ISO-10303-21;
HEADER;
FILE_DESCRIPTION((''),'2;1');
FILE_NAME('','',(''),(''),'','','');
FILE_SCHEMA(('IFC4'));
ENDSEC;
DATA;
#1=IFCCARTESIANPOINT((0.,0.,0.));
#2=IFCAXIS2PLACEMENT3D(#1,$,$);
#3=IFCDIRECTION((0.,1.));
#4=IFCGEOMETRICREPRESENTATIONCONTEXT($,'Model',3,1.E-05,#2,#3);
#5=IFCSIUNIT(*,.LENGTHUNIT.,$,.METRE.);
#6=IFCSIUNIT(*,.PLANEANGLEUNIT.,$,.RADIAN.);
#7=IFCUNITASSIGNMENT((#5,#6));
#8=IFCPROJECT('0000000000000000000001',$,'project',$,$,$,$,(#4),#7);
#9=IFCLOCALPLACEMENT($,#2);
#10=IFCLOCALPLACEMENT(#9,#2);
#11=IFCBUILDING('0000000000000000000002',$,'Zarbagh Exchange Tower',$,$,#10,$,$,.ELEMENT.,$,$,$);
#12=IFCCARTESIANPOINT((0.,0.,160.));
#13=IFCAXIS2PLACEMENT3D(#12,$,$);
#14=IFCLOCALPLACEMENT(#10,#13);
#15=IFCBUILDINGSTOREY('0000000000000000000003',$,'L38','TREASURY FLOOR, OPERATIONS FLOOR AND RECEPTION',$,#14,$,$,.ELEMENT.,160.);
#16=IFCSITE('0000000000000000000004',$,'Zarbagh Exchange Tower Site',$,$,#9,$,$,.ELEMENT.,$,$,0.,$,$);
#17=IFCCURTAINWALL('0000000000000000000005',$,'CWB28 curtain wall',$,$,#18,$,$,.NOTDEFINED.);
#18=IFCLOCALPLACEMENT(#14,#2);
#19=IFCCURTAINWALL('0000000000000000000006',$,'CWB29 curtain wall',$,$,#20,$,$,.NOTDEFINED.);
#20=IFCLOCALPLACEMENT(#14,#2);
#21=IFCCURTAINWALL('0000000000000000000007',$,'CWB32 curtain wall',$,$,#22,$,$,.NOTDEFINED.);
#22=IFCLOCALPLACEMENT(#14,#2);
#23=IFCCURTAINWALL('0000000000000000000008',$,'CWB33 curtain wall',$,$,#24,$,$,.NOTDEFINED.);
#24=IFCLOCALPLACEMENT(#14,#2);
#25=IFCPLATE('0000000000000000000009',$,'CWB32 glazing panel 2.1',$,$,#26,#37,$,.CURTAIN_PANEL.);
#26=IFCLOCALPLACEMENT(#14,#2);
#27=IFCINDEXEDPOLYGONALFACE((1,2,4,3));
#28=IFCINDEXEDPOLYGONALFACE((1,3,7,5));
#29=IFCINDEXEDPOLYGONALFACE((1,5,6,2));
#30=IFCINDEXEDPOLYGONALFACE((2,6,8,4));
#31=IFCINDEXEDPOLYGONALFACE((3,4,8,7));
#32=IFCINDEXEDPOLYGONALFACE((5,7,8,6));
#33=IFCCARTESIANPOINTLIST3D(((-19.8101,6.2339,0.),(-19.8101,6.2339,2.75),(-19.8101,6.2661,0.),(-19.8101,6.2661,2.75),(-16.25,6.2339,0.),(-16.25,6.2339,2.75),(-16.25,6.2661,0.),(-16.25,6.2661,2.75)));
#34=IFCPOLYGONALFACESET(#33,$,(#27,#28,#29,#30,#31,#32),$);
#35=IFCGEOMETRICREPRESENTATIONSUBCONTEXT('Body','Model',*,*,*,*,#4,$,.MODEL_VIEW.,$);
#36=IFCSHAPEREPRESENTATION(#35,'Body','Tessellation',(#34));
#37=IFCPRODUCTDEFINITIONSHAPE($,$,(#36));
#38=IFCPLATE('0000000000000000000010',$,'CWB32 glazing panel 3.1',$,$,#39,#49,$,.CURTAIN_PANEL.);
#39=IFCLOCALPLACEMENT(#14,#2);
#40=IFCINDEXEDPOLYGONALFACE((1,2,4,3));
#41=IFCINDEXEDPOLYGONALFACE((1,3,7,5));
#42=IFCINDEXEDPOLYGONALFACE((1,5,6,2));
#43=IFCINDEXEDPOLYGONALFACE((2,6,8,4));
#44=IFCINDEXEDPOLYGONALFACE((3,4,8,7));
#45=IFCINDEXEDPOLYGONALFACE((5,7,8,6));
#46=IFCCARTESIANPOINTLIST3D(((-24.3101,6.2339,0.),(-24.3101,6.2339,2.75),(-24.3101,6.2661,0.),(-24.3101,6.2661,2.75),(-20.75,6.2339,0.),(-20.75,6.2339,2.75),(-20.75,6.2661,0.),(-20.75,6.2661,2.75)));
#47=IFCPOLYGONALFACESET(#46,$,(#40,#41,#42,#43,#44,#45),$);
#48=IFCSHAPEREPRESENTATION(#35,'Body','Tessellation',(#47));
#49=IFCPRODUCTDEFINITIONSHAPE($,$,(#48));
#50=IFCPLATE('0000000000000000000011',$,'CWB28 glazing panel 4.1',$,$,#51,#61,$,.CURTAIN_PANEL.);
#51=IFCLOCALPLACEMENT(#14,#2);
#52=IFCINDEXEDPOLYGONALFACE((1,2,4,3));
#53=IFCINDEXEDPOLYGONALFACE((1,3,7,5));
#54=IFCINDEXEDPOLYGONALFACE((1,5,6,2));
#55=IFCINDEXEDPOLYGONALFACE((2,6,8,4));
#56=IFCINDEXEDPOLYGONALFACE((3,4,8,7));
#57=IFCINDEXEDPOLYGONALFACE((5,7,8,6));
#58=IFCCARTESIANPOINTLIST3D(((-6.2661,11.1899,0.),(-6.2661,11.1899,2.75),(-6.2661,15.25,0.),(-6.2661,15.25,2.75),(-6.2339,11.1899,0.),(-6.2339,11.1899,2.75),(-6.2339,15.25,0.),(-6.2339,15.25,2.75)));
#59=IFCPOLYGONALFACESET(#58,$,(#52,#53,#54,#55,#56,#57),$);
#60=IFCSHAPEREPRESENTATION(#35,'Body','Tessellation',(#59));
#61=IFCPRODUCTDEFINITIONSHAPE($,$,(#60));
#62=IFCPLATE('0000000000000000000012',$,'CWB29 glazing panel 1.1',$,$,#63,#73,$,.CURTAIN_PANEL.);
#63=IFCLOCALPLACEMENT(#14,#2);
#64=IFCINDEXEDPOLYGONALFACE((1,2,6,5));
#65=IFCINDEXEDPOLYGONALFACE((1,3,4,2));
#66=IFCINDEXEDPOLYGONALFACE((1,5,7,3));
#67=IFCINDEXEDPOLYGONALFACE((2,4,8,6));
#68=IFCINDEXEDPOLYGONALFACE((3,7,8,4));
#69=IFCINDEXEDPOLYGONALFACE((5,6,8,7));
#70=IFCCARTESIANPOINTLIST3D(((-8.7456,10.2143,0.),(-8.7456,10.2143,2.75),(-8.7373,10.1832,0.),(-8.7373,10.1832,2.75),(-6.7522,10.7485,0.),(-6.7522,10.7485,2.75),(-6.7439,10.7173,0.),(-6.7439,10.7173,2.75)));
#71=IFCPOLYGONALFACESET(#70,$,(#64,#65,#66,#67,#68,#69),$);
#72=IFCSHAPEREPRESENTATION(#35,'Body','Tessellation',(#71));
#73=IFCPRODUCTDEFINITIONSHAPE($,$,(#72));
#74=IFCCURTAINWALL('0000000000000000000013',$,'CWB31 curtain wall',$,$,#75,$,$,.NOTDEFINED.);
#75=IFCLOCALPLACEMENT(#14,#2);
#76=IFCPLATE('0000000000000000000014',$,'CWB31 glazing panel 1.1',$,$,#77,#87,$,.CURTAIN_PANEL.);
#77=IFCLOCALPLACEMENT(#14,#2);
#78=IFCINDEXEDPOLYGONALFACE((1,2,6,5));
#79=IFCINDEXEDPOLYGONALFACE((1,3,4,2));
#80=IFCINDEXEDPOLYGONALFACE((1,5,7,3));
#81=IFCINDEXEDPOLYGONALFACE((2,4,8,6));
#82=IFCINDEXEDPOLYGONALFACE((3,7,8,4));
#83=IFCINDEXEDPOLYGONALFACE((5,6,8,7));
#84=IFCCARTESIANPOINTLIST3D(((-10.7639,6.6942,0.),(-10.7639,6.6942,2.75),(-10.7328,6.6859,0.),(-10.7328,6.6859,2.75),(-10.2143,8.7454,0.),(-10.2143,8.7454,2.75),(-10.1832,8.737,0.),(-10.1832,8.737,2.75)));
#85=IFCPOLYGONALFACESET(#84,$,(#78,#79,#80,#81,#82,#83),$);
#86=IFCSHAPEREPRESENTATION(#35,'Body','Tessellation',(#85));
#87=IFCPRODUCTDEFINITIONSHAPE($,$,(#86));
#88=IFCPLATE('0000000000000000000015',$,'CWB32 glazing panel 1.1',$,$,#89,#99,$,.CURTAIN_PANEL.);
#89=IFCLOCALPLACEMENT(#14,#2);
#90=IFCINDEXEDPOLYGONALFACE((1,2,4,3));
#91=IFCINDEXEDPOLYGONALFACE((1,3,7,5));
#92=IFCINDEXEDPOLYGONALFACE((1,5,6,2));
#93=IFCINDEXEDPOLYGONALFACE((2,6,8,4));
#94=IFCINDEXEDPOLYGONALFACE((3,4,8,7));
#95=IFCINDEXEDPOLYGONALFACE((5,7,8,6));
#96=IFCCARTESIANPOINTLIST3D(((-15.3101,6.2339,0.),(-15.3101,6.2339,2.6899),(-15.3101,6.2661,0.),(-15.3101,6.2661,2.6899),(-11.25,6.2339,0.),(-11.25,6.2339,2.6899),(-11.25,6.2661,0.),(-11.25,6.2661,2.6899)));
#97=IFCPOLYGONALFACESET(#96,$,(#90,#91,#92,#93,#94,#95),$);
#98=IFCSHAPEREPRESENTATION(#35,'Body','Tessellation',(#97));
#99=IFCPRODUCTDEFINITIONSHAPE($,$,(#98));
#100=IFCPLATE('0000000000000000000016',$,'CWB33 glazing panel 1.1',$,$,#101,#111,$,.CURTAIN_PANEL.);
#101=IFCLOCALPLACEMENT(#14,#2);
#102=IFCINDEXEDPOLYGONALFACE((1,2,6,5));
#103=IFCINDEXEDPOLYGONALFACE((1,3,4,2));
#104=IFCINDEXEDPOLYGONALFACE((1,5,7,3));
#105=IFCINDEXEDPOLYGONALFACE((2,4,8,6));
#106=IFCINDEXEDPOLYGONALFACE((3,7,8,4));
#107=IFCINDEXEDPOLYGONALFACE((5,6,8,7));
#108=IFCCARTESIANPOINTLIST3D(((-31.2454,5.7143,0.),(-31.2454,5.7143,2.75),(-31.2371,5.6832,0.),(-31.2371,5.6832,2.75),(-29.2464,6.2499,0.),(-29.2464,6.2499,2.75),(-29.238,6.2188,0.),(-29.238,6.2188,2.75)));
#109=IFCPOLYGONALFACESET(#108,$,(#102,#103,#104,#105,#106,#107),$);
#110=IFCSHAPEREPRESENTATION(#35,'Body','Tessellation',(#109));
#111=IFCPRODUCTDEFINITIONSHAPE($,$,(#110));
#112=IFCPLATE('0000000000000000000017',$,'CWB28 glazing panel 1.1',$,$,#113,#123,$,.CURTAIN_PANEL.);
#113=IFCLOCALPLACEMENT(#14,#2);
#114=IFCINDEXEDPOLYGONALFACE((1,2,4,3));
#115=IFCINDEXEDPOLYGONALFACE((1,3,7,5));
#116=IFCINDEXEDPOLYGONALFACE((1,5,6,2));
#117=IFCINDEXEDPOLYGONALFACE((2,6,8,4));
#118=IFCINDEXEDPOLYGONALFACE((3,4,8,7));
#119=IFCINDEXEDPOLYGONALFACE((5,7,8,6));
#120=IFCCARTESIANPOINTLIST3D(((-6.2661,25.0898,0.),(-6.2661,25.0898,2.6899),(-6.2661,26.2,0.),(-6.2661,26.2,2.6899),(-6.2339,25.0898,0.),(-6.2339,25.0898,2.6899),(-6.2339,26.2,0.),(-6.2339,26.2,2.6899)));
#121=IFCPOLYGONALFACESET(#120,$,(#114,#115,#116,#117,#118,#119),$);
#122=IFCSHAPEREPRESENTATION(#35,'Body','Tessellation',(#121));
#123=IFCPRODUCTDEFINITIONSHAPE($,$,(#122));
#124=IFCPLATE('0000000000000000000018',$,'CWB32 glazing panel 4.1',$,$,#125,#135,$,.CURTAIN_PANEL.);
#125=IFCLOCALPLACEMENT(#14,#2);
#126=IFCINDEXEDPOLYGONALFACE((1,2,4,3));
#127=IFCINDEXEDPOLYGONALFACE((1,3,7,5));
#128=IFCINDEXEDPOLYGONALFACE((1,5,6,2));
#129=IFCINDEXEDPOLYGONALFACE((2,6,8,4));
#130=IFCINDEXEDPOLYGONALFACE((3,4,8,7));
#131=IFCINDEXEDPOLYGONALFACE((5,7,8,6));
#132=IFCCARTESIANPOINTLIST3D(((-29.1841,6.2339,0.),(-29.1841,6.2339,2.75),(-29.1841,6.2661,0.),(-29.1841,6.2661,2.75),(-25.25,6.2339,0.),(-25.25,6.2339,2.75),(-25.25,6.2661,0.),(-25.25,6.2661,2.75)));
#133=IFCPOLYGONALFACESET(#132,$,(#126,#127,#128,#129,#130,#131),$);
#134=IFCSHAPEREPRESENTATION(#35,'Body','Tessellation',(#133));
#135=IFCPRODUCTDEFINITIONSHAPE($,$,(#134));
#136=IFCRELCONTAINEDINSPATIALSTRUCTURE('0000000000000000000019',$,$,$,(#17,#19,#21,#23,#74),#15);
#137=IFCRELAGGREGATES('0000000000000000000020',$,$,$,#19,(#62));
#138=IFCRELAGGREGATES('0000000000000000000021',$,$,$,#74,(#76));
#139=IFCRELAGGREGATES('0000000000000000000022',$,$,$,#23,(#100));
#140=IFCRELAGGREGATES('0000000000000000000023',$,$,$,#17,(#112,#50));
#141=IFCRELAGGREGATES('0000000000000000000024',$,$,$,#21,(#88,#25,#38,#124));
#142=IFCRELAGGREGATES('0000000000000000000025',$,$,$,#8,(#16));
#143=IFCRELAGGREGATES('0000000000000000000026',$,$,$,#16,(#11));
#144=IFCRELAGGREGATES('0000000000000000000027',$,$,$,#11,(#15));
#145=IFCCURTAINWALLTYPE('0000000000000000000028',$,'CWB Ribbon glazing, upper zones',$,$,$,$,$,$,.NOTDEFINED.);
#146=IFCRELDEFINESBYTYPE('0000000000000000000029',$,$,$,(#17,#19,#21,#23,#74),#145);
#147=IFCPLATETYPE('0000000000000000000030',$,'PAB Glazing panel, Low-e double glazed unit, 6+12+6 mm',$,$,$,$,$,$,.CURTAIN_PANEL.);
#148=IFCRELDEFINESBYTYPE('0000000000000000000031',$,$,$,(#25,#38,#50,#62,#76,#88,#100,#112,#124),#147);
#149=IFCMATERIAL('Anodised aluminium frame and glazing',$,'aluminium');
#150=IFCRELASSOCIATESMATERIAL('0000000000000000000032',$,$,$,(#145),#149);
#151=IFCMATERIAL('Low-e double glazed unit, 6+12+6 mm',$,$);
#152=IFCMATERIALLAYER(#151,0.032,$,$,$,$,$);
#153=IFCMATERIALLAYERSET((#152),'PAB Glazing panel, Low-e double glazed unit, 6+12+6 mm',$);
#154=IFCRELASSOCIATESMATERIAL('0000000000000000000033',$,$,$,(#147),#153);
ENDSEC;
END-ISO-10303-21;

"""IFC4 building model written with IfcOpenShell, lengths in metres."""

from ifc_helpers import new_model, si_unit, direction, frame, origin, place, context, subcontext, project, spatial, polyline, outline, extrude, source, transform, mapped, material, layer, layer_set, type_object, element, aggregate, save


model = new_model("IFC4")

# Units and contexts
model_context = context("Model", 3, precision=1e-05, world=origin(), true_north=direction((0.0, 1.0)))
body_context = subcontext(model_context, "Body", "Model", "MODEL_VIEW")
ifc_project = project(units=[si_unit("LENGTHUNIT", "METRE"), si_unit("PLANEANGLEUNIT", "RADIAN")], contexts=[model_context])

# Site, building, storey
site_placement = place(None, origin())
site = spatial("IfcSite", under=ifc_project, at=site_placement, Name="Zarbagh Exchange Tower Site", CompositionType="ELEMENT", RefElevation=0.0)
building_placement = place(site_placement, origin())
building = spatial("IfcBuilding", under=site, at=building_placement, Name="Zarbagh Exchange Tower", CompositionType="ELEMENT")
storey_placement = place(building_placement, frame((0.0, 0.0, 160.0)))
storey = spatial("IfcBuildingStorey", under=building, at=storey_placement, Name="L38", Description="TREASURY FLOOR, OPERATIONS FLOOR AND RECEPTION", CompositionType="ELEMENT", Elevation=160.0)

# Curtain wall
ifc_material_1 = material(Name="Anodised aluminium frame and glazing", Category="aluminium")
curtain_wall_type = type_object("IfcCurtainWallType", Name="CWB Ribbon glazing, upper zones", PredefinedType="NOTDEFINED", material=ifc_material_1)
curtain_wall_1_placement = place(storey_placement, origin())
curtain_wall_1 = element("IfcCurtainWall", 1, at=curtain_wall_1_placement, inside=storey, type_object=curtain_wall_type, Name="CWB28 curtain wall", PredefinedType="NOTDEFINED")
placement = place(storey_placement, origin())

# Curtain wall
curtain_wall_2_placement = place(storey_placement, origin())
curtain_wall_2 = element("IfcCurtainWall", 2, at=curtain_wall_2_placement, inside=storey, type_object=curtain_wall_type, Name="CWB29 curtain wall", PredefinedType="NOTDEFINED")

# Curtain wall
curtain_wall_3_placement = place(storey_placement, origin())
curtain_wall_3 = element("IfcCurtainWall", 3, at=curtain_wall_3_placement, inside=storey, type_object=curtain_wall_type, Name="CWB32 curtain wall", PredefinedType="NOTDEFINED")

# Curtain wall
curtain_wall_4_placement = place(storey_placement, origin())
curtain_wall_4 = element("IfcCurtainWall", 4, at=curtain_wall_4_placement, inside=storey, type_object=curtain_wall_type, Name="CWB33 curtain wall", PredefinedType="NOTDEFINED")

# Shared definitions
ifc_material_2 = material(Name="Low-e double glazed unit, 6+12+6 mm")
ifc_layer = layer(ifc_material_2, 0.032)
ifc_layer_set = layer_set([ifc_layer], Name="PAB Glazing panel, Low-e double glazed unit, 6+12+6 mm")
plate_type = type_object("IfcPlateType", Name="PAB Glazing panel, Low-e double glazed unit, 6+12+6 mm", PredefinedType="CURTAIN_PANEL", material=ifc_layer_set)

# Plates
shared_shape_1 = source(origin(), body_context, "Body", "SweptSolid", [
    extrude(outline(polyline([(0.0, -0.0161), (3.5601, -0.0161), (3.5601, 0.0161), (0.0, 0.0161), (0.0, -0.0161)])), origin(), (0.0, 0.0, 1.0), 2.75),
])
plate_1 = element("IfcPlate", 5, at=placement, type_object=plate_type, Name="CWB32 glazing panel 2.1", PredefinedType="CURTAIN_PANEL", context=body_context, shape_type="MappedRepresentation", body=[
    mapped(shared_shape_1, transform((-16.25, 6.25, 0.0), x_axis=(-1.0, 0.0, 0.0), y_axis=(0.0, -1.0, 0.0), z_axis=(0.0, 0.0, 1.0))),
])
plate_2 = element("IfcPlate", 6, at=placement, type_object=plate_type, Name="CWB32 glazing panel 3.1", PredefinedType="CURTAIN_PANEL", context=body_context, shape_type="MappedRepresentation", body=[
    mapped(shared_shape_1, transform((-20.75, 6.25, 0.0), x_axis=(-1.0, 0.0, 0.0), y_axis=(0.0, -1.0, 0.0), z_axis=(0.0, 0.0, 1.0))),
])
shared_shape_2 = source(origin(), body_context, "Body", "SweptSolid", [
    extrude(outline(polyline([(0.0, -0.0161), (4.0601, -0.0161), (4.0601, 0.0161), (0.0, 0.0161), (0.0, -0.0161)])), origin(), (0.0, 0.0, 1.0), 2.75),
])
plate_3 = element("IfcPlate", 7, at=placement, type_object=plate_type, Name="CWB28 glazing panel 4.1", PredefinedType="CURTAIN_PANEL", context=body_context, shape_type="MappedRepresentation", body=[
    mapped(shared_shape_2, transform((-6.25, 15.25, 0.0), x_axis=(0.0, -1.0, 0.0), y_axis=(1.0, 0.0, 0.0), z_axis=(0.0, 0.0, 1.0))),
])
shared_shape_3 = source(origin(), body_context, "Body", "SweptSolid", [
    extrude(outline(polyline([(0.0, -0.0161), (2.0637, -0.0161), (2.0637, 0.0161), (0.0, 0.0161), (0.0, -0.0161)])), origin(), (0.0, 0.0, 1.0), 2.75),
])
plate_4 = element("IfcPlate", 8, at=placement, type_object=plate_type, Name="CWB29 glazing panel 1.1", PredefinedType="CURTAIN_PANEL", context=body_context, shape_type="MappedRepresentation", body=[
    mapped(shared_shape_3, transform((-6.748, 10.7329, 0.0), x_axis=(-0.965924, -0.258825, 0.0), y_axis=(0.258825, -0.965924, 0.0), z_axis=(0.0, 0.0, 1.0))),
])
aggregate(curtain_wall_2, [plate_4])

# Curtain wall, plate
curtain_wall_5_placement = place(storey_placement, origin())
curtain_wall_5 = element("IfcCurtainWall", 9, at=curtain_wall_5_placement, inside=storey, type_object=curtain_wall_type, Name="CWB31 curtain wall", PredefinedType="NOTDEFINED")
shared_shape_4 = source(origin(), body_context, "Body", "SweptSolid", [
    extrude(outline(polyline([(0.0, -0.0161), (2.1235, -0.0161), (2.1235, 0.0161), (0.0, 0.0161), (0.0, -0.0161)])), origin(), (0.0, 0.0, 1.0), 2.75),
])
plate_5 = element("IfcPlate", 10, at=placement, type_object=plate_type, Name="CWB31 glazing panel 1.1", PredefinedType="CURTAIN_PANEL", context=body_context, shape_type="MappedRepresentation", body=[
    mapped(shared_shape_4, transform((-10.1987, 8.7412, 0.0), x_axis=(-0.258825, -0.965924, 0.0), y_axis=(0.965924, -0.258825, 0.0), z_axis=(0.0, 0.0, 1.0))),
])
aggregate(curtain_wall_5, [plate_5])

# Plates
shared_shape_5 = source(origin(), body_context, "Body", "SweptSolid", [
    extrude(outline(polyline([(0.0, -0.0161), (4.0601, -0.0161), (4.0601, 0.0161), (0.0, 0.0161), (0.0, -0.0161)])), origin(), (0.0, 0.0, 1.0), 2.6899),
])
plate_6 = element("IfcPlate", 11, at=placement, type_object=plate_type, Name="CWB32 glazing panel 1.1", PredefinedType="CURTAIN_PANEL", context=body_context, shape_type="MappedRepresentation", body=[
    mapped(shared_shape_5, transform((-11.25, 6.25, 0.0), x_axis=(-1.0, 0.0, 0.0), y_axis=(0.0, -1.0, 0.0), z_axis=(0.0, 0.0, 1.0))),
])
shared_shape_6 = source(origin(), body_context, "Body", "SweptSolid", [
    extrude(outline(polyline([(0.0, -0.0161), (2.0696, -0.0161), (2.0696, 0.0161), (0.0, 0.0161), (0.0, -0.0161)])), origin(), (0.0, 0.0, 1.0), 2.75),
])
plate_7 = element("IfcPlate", 12, at=placement, type_object=plate_type, Name="CWB33 glazing panel 1.1", PredefinedType="CURTAIN_PANEL", context=body_context, shape_type="MappedRepresentation", body=[
    mapped(shared_shape_6, transform((-29.2422, 6.2344, 0.0), x_axis=(-0.965924, -0.258825, 0.0), y_axis=(0.258825, -0.965924, 0.0), z_axis=(0.0, 0.0, 1.0))),
])
aggregate(curtain_wall_4, [plate_7])
shared_shape_7 = source(origin(), body_context, "Body", "SweptSolid", [
    extrude(outline(polyline([(0.0, -0.0161), (1.1101, -0.0161), (1.1101, 0.0161), (0.0, 0.0161), (0.0, -0.0161)])), origin(), (0.0, 0.0, 1.0), 2.6899),
])
plate_8 = element("IfcPlate", 13, at=placement, type_object=plate_type, Name="CWB28 glazing panel 1.1", PredefinedType="CURTAIN_PANEL", context=body_context, shape_type="MappedRepresentation", body=[
    mapped(shared_shape_7, transform((-6.25, 26.2, 0.0), x_axis=(0.0, -1.0, 0.0), y_axis=(1.0, 0.0, 0.0), z_axis=(0.0, 0.0, 1.0))),
])
aggregate(curtain_wall_1, [plate_8, plate_3])
shared_shape_8 = source(origin(), body_context, "Body", "SweptSolid", [
    extrude(outline(polyline([(0.0, -0.0161), (3.9341, -0.0161), (3.9341, 0.0161), (0.0, 0.0161), (0.0, -0.0161)])), origin(), (0.0, 0.0, 1.0), 2.75),
])
plate_9 = element("IfcPlate", 14, at=placement, type_object=plate_type, Name="CWB32 glazing panel 4.1", PredefinedType="CURTAIN_PANEL", context=body_context, shape_type="MappedRepresentation", body=[
    mapped(shared_shape_8, transform((-25.25, 6.25, 0.0), x_axis=(-1.0, 0.0, 0.0), y_axis=(0.0, -1.0, 0.0), z_axis=(0.0, 0.0, 1.0))),
])
aggregate(curtain_wall_3, [plate_6, plate_1, plate_2, plate_9])

save(model, "model.ifc")
